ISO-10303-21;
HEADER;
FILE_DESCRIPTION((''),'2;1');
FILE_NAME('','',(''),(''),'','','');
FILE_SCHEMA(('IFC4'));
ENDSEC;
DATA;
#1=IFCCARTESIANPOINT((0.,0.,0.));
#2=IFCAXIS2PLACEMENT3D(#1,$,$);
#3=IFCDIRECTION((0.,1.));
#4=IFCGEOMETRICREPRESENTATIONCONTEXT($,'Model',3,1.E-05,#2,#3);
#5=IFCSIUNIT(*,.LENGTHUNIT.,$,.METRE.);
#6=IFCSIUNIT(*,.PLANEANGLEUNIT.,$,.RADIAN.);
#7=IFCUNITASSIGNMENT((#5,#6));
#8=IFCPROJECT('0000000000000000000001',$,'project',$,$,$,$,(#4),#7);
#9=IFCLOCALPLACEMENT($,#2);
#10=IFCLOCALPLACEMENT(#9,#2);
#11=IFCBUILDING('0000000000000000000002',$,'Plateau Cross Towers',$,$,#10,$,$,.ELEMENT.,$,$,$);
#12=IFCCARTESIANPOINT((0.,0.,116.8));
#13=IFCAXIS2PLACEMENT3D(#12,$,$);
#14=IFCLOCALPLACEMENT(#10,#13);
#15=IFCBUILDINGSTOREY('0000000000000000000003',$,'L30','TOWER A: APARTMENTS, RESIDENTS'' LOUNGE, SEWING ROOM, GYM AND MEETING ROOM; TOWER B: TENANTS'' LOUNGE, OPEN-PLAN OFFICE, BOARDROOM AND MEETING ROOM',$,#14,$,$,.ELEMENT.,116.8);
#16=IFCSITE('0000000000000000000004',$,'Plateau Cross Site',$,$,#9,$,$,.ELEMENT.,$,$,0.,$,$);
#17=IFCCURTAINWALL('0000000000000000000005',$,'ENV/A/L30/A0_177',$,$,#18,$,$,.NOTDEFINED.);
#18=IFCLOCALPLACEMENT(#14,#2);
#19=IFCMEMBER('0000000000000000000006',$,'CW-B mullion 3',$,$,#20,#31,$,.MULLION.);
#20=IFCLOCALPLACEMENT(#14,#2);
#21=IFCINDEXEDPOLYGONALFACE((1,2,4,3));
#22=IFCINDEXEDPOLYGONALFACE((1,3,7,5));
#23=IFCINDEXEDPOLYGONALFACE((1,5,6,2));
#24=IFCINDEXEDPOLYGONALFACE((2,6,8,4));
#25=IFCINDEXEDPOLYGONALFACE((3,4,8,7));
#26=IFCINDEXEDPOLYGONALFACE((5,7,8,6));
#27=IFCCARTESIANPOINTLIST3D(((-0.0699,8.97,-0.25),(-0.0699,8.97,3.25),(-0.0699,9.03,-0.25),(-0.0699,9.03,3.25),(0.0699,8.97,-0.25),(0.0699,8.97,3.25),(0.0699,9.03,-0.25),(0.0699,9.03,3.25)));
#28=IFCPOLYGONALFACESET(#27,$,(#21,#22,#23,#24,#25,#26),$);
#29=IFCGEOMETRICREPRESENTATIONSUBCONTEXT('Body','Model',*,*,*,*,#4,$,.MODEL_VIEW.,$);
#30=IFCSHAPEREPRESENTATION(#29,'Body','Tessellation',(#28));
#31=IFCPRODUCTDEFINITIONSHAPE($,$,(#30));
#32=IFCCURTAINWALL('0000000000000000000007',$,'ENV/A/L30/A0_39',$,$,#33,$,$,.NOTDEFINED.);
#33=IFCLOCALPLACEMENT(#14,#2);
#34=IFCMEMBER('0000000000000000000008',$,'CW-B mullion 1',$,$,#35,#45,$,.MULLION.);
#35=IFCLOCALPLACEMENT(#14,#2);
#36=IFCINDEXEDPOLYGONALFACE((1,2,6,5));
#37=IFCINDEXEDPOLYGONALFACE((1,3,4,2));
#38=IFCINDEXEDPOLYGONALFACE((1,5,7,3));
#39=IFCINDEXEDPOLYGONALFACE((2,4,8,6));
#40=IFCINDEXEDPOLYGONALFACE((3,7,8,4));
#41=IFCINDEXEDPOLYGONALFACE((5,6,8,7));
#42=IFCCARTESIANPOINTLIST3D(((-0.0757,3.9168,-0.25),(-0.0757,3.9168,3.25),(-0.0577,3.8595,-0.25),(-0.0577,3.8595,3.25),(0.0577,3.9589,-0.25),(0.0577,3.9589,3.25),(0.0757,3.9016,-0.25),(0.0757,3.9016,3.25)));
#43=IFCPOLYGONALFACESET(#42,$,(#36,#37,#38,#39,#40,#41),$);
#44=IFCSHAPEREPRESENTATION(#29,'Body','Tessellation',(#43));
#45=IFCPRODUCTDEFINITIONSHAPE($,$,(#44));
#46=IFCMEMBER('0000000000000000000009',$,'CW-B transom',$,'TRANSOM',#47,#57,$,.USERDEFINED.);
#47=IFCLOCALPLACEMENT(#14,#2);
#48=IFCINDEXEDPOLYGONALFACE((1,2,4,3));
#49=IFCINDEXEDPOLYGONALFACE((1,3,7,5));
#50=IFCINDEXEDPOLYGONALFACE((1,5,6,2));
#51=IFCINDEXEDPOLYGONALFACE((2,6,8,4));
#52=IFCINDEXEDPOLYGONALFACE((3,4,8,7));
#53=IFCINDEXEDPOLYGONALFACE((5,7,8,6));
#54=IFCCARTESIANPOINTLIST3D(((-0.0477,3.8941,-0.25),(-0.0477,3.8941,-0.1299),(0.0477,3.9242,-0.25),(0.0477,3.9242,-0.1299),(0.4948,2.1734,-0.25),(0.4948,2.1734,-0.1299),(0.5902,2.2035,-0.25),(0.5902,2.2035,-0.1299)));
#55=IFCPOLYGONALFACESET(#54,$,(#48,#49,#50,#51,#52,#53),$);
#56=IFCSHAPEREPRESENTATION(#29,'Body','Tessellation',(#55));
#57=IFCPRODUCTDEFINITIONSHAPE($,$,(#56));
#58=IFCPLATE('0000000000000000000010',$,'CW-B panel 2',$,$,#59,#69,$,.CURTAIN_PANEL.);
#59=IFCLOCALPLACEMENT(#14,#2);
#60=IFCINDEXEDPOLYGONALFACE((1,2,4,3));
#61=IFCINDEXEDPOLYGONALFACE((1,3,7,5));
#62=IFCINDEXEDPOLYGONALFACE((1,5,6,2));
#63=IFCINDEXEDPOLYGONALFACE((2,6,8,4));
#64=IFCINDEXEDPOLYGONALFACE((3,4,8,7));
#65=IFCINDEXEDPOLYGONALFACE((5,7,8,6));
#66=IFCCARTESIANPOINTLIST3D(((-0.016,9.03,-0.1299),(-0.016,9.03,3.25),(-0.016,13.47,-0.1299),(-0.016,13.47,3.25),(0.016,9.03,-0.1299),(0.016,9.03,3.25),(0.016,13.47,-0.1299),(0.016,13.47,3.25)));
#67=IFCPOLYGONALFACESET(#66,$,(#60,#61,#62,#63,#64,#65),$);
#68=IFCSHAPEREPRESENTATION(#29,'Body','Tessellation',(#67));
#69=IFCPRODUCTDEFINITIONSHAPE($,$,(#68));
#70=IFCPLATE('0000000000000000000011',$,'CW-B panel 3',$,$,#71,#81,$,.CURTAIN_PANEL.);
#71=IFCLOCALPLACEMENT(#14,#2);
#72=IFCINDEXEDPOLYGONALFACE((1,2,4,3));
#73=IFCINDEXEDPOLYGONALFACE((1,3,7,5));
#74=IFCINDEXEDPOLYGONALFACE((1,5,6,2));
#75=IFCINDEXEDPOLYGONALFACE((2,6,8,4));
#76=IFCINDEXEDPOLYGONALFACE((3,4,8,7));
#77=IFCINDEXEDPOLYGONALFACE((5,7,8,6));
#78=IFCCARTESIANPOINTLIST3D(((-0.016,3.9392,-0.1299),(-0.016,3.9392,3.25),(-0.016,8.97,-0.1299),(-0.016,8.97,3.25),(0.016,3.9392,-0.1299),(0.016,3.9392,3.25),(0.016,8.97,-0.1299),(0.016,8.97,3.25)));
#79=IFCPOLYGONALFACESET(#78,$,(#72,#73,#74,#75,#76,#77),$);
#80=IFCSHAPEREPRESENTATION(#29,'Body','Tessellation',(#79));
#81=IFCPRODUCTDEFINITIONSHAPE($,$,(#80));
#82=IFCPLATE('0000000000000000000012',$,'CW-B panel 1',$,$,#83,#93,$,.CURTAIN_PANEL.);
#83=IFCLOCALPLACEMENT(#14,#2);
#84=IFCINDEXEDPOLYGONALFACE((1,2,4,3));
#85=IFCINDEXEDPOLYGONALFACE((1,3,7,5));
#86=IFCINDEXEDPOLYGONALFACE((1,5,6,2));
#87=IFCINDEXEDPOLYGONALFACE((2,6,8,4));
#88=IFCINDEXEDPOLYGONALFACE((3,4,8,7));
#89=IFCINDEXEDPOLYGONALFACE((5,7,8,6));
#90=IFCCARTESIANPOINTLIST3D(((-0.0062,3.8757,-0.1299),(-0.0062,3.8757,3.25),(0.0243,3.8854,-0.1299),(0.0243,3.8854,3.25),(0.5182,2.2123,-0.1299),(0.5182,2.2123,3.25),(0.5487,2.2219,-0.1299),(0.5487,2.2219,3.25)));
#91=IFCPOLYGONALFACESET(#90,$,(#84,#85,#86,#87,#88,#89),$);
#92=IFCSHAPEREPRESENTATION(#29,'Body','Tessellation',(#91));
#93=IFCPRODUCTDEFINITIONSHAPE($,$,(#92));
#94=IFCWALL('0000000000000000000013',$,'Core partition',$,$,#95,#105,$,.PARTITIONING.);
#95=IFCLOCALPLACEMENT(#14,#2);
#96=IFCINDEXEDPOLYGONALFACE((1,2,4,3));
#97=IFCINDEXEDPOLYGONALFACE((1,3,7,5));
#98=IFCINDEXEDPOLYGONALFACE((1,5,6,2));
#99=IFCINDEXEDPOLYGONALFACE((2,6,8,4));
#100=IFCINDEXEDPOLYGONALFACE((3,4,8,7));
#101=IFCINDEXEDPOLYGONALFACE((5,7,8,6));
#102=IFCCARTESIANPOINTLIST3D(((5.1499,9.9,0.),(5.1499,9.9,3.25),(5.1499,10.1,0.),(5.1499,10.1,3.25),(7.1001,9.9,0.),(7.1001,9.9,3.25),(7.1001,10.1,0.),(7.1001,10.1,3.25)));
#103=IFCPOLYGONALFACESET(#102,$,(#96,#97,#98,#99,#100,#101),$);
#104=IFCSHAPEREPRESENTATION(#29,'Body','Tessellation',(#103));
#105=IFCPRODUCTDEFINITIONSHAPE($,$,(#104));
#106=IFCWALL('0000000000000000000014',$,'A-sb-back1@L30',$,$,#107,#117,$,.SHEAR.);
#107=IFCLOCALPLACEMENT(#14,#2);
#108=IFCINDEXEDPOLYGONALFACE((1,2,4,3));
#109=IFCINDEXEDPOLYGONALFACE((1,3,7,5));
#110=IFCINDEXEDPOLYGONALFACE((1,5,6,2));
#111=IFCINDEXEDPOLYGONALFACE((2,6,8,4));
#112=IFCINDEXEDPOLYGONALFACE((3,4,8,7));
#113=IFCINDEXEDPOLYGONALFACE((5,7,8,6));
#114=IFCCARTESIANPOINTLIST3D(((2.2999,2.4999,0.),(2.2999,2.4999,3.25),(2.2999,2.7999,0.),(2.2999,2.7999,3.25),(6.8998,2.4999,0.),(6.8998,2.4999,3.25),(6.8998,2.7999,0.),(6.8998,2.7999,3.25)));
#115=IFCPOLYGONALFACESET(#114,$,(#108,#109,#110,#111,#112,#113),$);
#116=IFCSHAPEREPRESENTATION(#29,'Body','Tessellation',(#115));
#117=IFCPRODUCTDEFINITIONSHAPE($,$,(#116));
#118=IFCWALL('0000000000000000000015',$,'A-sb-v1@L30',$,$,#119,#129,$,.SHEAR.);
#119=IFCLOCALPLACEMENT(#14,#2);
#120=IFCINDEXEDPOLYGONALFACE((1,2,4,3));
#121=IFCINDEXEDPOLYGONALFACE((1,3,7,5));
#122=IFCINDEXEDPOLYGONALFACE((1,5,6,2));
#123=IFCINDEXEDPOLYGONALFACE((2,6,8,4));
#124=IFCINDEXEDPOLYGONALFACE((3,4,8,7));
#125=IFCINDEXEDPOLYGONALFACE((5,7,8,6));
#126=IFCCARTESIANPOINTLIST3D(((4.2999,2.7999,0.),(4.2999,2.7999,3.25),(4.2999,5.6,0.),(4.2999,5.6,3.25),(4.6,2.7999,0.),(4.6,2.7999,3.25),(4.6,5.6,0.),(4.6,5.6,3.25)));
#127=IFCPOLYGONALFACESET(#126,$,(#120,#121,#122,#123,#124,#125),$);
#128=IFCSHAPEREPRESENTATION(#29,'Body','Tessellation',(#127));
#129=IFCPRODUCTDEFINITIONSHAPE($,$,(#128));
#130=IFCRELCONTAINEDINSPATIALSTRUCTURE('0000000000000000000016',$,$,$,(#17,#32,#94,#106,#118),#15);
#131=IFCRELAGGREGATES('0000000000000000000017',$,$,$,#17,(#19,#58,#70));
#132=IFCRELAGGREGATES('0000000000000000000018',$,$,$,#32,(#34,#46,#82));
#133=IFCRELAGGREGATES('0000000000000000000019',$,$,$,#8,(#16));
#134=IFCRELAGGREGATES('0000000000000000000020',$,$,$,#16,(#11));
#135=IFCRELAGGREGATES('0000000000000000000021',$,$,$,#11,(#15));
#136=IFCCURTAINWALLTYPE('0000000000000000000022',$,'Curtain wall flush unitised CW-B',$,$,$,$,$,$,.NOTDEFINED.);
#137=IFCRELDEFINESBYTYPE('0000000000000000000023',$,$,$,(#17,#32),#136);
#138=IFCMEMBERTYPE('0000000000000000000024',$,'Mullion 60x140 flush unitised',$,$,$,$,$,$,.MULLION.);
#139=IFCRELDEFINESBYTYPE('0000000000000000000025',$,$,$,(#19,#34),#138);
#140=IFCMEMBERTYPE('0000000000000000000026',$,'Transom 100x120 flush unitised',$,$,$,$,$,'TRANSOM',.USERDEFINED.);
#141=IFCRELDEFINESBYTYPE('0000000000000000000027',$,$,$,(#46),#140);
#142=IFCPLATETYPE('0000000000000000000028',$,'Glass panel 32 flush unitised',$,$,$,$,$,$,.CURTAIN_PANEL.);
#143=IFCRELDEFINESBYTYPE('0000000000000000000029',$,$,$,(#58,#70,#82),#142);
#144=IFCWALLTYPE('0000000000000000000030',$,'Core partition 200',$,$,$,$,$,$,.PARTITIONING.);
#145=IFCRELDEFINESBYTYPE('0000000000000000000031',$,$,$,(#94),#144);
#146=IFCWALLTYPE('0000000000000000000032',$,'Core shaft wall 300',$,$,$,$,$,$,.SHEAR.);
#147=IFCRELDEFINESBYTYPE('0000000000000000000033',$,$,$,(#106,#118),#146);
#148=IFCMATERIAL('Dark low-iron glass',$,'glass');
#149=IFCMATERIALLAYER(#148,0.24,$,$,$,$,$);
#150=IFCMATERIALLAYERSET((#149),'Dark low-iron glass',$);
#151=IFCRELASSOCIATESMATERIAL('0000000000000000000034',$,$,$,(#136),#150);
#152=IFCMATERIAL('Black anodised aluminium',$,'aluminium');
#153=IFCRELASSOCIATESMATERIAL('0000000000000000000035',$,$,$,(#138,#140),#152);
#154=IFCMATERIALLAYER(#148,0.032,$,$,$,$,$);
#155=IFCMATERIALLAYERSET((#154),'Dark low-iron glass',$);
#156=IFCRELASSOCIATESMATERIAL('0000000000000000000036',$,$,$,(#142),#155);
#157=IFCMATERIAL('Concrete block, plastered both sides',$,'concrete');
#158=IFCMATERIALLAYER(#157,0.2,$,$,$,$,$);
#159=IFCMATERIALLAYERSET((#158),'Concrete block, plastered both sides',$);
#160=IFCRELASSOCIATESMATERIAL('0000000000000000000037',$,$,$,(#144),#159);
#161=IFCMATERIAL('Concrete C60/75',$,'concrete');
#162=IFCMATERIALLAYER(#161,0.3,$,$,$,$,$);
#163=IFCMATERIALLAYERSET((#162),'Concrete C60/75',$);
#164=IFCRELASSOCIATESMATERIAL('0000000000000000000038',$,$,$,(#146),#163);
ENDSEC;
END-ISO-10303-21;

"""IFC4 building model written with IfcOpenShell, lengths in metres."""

from ifc_helpers import new_model, si_unit, direction, frame, frame_2d, origin, origin_2d, place, context, subcontext, project, spatial, rectangle, extrude, material, layer, layer_set, material_profile, profile_set, type_object, element, aggregate, save


model = new_model("IFC4")

# Units and contexts
model_context = context("Model", 3, precision=1e-05, world=origin(), true_north=direction((0.0, 1.0)))
body_context = subcontext(model_context, "Body", "Model", "MODEL_VIEW")
ifc_project = project(units=[si_unit("LENGTHUNIT", "METRE"), si_unit("PLANEANGLEUNIT", "RADIAN")], contexts=[model_context])

# Site, building, storey
site_placement = place(None, origin())
site = spatial("IfcSite", under=ifc_project, at=site_placement, Name="Plateau Cross Site", CompositionType="ELEMENT", RefElevation=0.0)
building_placement = place(site_placement, origin())
building = spatial("IfcBuilding", under=site, at=building_placement, Name="Plateau Cross Towers", CompositionType="ELEMENT")
storey_placement = place(building_placement, frame((0.0, 0.0, 116.8)))
storey = spatial("IfcBuildingStorey", under=building, at=storey_placement, Name="L30", Description="TOWER A: APARTMENTS, RESIDENTS' LOUNGE, SEWING ROOM, GYM AND MEETING ROOM; TOWER B: TENANTS' LOUNGE, OPEN-PLAN OFFICE, BOARDROOM AND MEETING ROOM", CompositionType="ELEMENT", Elevation=116.8)

# Curtain wall, member
ifc_material_1 = material(Name="Dark low-iron glass", Category="glass")
ifc_layer_1 = layer(ifc_material_1, 0.24)
ifc_layer_set_1 = layer_set([ifc_layer_1], Name="Dark low-iron glass")
curtain_wall_type = type_object("IfcCurtainWallType", Name="Curtain wall flush unitised CW-B", PredefinedType="NOTDEFINED", material=ifc_layer_set_1)
curtain_wall_1_placement = place(storey_placement, origin())
curtain_wall_1 = element("IfcCurtainWall", 1, at=curtain_wall_1_placement, inside=storey, type_object=curtain_wall_type, Name="ENV/A/L30/A0_177", PredefinedType="NOTDEFINED")
ifc_material_2 = material(Name="Black anodised aluminium", Category="aluminium")
ifc_material_profile_1 = material_profile(ifc_material_2, rectangle(XDim=0.0601, YDim=0.1399, at=origin_2d()), Name="MULLION 60x140")
ifc_profile_set_1 = profile_set([ifc_material_profile_1], Name="Black anodised aluminium")
member_type_1 = type_object("IfcMemberType", Name="Mullion 60x140 flush unitised", PredefinedType="MULLION", material=ifc_profile_set_1)
member_1_placement = place(storey_placement, frame((0.0, 9.0, -0.25), z_axis=(0.0, 0.0, 1.0), x_axis=(0.0, -1.0, 0.0)))
member_1 = element("IfcMember", 2, at=member_1_placement, type_object=member_type_1, Name="CW-B mullion 3", PredefinedType="MULLION", context=body_context, shape_type="SweptSolid", body=[
    extrude(rectangle(XDim=0.0601, YDim=0.1399, at=origin_2d()), origin(), (0.0, 0.0, 1.0), 3.5),
])

# Curtain wall, members
curtain_wall_2_placement = place(storey_placement, origin())
curtain_wall_2 = element("IfcCurtainWall", 3, at=curtain_wall_2_placement, inside=storey, type_object=curtain_wall_type, Name="ENV/A/L30/A0_39", PredefinedType="NOTDEFINED")
member_2_placement = place(storey_placement, frame((0.0, 3.9092, -0.25), z_axis=(0.0, 0.0, 1.0), x_axis=(0.300686, -0.953723, 0.0)))
member_2 = element("IfcMember", 4, at=member_2_placement, type_object=member_type_1, Name="CW-B mullion 1", PredefinedType="MULLION", context=body_context, shape_type="SweptSolid", body=[
    extrude(rectangle(XDim=0.0601, YDim=0.1399, at=origin_2d()), origin(), (0.0, 0.0, 1.0), 3.5),
])
ifc_material_profile_2 = material_profile(ifc_material_2, rectangle(XDim=0.1001, YDim=0.1201, at=origin_2d()), Name="TRANSOM 100x120")
ifc_profile_set_2 = profile_set([ifc_material_profile_2], Name="Black anodised aluminium")
member_type_2 = type_object("IfcMemberType", Name="Transom 100x120 flush unitised", ElementType="TRANSOM", PredefinedType="USERDEFINED", material=ifc_profile_set_2)
member_3_placement = place(storey_placement, frame((0.0, 3.9092, -0.1899), z_axis=(0.300678, -0.953726, 0.0), x_axis=(0.953726, 0.300678, 0.0)))
member_3 = element("IfcMember", 5, at=member_3_placement, type_object=member_type_2, Name="CW-B transom", ObjectType="TRANSOM", PredefinedType="USERDEFINED", context=body_context, shape_type="SweptSolid", body=[
    extrude(rectangle(XDim=0.1001, YDim=0.1201, at=origin_2d()), origin(), (0.0, 0.0, 1.0), 1.8042),
])

# Plates
ifc_layer_2 = layer(ifc_material_1, 0.032)
ifc_layer_set_2 = layer_set([ifc_layer_2], Name="Dark low-iron glass")
plate_type = type_object("IfcPlateType", Name="Glass panel 32 flush unitised", PredefinedType="CURTAIN_PANEL", material=ifc_layer_set_2)
plate_1_placement = place(storey_placement, frame((0.0, 11.25, -0.1299), z_axis=(0.0, 0.0, 1.0), x_axis=(0.0, -1.0, 0.0)))
plate_1 = element("IfcPlate", 6, at=plate_1_placement, type_object=plate_type, Name="CW-B panel 2", PredefinedType="CURTAIN_PANEL", context=body_context, shape_type="SweptSolid", body=[
    extrude(rectangle(XDim=4.4399, YDim=0.032, at=origin_2d()), origin(), (0.0, 0.0, 1.0), 3.3799),
])
plate_2_placement = place(storey_placement, frame((0.0, 6.4546, -0.1299), z_axis=(0.0, 0.0, 1.0), x_axis=(0.0, -1.0, 0.0)))
plate_2 = element("IfcPlate", 7, at=plate_2_placement, type_object=plate_type, Name="CW-B panel 3", PredefinedType="CURTAIN_PANEL", context=body_context, shape_type="SweptSolid", body=[
    extrude(rectangle(XDim=5.0308, YDim=0.032, at=origin_2d()), origin(), (0.0, 0.0, 1.0), 3.3799),
])
aggregate(curtain_wall_1, [member_1, plate_1, plate_2])
plate_3_placement = place(storey_placement, frame((0.2712, 3.0488, -0.1299), z_axis=(0.0, 0.0, 1.0), x_axis=(0.300686, -0.953723, 0.0)))
plate_3 = element("IfcPlate", 8, at=plate_3_placement, type_object=plate_type, Name="CW-B panel 1", PredefinedType="CURTAIN_PANEL", context=body_context, shape_type="SweptSolid", body=[
    extrude(rectangle(XDim=1.7441, YDim=0.032, at=origin_2d()), origin(), (0.0, 0.0, 1.0), 3.3799),
])
aggregate(curtain_wall_2, [member_2, member_3, plate_3])

# Walls
ifc_material_3 = material(Name="Concrete block, plastered both sides", Category="concrete")
ifc_layer_3 = layer(ifc_material_3, 0.2)
ifc_layer_set_3 = layer_set([ifc_layer_3], Name="Concrete block, plastered both sides")
wall_type_1 = type_object("IfcWallType", Name="Core partition 200", PredefinedType="PARTITIONING", material=ifc_layer_set_3)
wall_1_placement = place(storey_placement, frame((5.1499, 10.0, 0.0), z_axis=(0.0, 0.0, 1.0), x_axis=(1.0, 0.0, 0.0)))
element("IfcWall", 9, at=wall_1_placement, inside=storey, type_object=wall_type_1, Name="Core partition", PredefinedType="PARTITIONING", context=body_context, shape_type="SweptSolid", body=[
    extrude(rectangle(XDim=1.9502, YDim=0.2, at=frame_2d((0.9751, 0.0))), origin(), (0.0, 0.0, 1.0), 3.25),
])
ifc_material_4 = material(Name="Concrete C60/75", Category="concrete")
ifc_layer_4 = layer(ifc_material_4, 0.3)
ifc_layer_set_4 = layer_set([ifc_layer_4], Name="Concrete C60/75")
wall_type_2 = type_object("IfcWallType", Name="Core shaft wall 300", PredefinedType="SHEAR", material=ifc_layer_set_4)
wall_2_placement = place(storey_placement, frame((2.3, 2.6499, 0.0), z_axis=(0.0, 0.0, 1.0), x_axis=(1.0, 0.0, 0.0)))
element("IfcWall", 10, at=wall_2_placement, inside=storey, type_object=wall_type_2, Name="A-sb-back1@L30", PredefinedType="SHEAR", context=body_context, shape_type="SweptSolid", body=[
    extrude(rectangle(XDim=4.5999, YDim=0.3, at=frame_2d((2.2998, 0.0))), origin(), (0.0, 0.0, 1.0), 3.25),
])
wall_3_placement = place(storey_placement, frame((4.45, 2.8, 0.0), z_axis=(0.0, 0.0, 1.0), x_axis=(0.0, 1.0, 0.0)))
element("IfcWall", 11, at=wall_3_placement, inside=storey, type_object=wall_type_2, Name="A-sb-v1@L30", PredefinedType="SHEAR", context=body_context, shape_type="SweptSolid", body=[
    extrude(rectangle(XDim=2.8, YDim=0.3, at=frame_2d((1.3999, 0.0))), origin(), (0.0, 0.0, 1.0), 3.25),
])

save(model, "model.ifc")
